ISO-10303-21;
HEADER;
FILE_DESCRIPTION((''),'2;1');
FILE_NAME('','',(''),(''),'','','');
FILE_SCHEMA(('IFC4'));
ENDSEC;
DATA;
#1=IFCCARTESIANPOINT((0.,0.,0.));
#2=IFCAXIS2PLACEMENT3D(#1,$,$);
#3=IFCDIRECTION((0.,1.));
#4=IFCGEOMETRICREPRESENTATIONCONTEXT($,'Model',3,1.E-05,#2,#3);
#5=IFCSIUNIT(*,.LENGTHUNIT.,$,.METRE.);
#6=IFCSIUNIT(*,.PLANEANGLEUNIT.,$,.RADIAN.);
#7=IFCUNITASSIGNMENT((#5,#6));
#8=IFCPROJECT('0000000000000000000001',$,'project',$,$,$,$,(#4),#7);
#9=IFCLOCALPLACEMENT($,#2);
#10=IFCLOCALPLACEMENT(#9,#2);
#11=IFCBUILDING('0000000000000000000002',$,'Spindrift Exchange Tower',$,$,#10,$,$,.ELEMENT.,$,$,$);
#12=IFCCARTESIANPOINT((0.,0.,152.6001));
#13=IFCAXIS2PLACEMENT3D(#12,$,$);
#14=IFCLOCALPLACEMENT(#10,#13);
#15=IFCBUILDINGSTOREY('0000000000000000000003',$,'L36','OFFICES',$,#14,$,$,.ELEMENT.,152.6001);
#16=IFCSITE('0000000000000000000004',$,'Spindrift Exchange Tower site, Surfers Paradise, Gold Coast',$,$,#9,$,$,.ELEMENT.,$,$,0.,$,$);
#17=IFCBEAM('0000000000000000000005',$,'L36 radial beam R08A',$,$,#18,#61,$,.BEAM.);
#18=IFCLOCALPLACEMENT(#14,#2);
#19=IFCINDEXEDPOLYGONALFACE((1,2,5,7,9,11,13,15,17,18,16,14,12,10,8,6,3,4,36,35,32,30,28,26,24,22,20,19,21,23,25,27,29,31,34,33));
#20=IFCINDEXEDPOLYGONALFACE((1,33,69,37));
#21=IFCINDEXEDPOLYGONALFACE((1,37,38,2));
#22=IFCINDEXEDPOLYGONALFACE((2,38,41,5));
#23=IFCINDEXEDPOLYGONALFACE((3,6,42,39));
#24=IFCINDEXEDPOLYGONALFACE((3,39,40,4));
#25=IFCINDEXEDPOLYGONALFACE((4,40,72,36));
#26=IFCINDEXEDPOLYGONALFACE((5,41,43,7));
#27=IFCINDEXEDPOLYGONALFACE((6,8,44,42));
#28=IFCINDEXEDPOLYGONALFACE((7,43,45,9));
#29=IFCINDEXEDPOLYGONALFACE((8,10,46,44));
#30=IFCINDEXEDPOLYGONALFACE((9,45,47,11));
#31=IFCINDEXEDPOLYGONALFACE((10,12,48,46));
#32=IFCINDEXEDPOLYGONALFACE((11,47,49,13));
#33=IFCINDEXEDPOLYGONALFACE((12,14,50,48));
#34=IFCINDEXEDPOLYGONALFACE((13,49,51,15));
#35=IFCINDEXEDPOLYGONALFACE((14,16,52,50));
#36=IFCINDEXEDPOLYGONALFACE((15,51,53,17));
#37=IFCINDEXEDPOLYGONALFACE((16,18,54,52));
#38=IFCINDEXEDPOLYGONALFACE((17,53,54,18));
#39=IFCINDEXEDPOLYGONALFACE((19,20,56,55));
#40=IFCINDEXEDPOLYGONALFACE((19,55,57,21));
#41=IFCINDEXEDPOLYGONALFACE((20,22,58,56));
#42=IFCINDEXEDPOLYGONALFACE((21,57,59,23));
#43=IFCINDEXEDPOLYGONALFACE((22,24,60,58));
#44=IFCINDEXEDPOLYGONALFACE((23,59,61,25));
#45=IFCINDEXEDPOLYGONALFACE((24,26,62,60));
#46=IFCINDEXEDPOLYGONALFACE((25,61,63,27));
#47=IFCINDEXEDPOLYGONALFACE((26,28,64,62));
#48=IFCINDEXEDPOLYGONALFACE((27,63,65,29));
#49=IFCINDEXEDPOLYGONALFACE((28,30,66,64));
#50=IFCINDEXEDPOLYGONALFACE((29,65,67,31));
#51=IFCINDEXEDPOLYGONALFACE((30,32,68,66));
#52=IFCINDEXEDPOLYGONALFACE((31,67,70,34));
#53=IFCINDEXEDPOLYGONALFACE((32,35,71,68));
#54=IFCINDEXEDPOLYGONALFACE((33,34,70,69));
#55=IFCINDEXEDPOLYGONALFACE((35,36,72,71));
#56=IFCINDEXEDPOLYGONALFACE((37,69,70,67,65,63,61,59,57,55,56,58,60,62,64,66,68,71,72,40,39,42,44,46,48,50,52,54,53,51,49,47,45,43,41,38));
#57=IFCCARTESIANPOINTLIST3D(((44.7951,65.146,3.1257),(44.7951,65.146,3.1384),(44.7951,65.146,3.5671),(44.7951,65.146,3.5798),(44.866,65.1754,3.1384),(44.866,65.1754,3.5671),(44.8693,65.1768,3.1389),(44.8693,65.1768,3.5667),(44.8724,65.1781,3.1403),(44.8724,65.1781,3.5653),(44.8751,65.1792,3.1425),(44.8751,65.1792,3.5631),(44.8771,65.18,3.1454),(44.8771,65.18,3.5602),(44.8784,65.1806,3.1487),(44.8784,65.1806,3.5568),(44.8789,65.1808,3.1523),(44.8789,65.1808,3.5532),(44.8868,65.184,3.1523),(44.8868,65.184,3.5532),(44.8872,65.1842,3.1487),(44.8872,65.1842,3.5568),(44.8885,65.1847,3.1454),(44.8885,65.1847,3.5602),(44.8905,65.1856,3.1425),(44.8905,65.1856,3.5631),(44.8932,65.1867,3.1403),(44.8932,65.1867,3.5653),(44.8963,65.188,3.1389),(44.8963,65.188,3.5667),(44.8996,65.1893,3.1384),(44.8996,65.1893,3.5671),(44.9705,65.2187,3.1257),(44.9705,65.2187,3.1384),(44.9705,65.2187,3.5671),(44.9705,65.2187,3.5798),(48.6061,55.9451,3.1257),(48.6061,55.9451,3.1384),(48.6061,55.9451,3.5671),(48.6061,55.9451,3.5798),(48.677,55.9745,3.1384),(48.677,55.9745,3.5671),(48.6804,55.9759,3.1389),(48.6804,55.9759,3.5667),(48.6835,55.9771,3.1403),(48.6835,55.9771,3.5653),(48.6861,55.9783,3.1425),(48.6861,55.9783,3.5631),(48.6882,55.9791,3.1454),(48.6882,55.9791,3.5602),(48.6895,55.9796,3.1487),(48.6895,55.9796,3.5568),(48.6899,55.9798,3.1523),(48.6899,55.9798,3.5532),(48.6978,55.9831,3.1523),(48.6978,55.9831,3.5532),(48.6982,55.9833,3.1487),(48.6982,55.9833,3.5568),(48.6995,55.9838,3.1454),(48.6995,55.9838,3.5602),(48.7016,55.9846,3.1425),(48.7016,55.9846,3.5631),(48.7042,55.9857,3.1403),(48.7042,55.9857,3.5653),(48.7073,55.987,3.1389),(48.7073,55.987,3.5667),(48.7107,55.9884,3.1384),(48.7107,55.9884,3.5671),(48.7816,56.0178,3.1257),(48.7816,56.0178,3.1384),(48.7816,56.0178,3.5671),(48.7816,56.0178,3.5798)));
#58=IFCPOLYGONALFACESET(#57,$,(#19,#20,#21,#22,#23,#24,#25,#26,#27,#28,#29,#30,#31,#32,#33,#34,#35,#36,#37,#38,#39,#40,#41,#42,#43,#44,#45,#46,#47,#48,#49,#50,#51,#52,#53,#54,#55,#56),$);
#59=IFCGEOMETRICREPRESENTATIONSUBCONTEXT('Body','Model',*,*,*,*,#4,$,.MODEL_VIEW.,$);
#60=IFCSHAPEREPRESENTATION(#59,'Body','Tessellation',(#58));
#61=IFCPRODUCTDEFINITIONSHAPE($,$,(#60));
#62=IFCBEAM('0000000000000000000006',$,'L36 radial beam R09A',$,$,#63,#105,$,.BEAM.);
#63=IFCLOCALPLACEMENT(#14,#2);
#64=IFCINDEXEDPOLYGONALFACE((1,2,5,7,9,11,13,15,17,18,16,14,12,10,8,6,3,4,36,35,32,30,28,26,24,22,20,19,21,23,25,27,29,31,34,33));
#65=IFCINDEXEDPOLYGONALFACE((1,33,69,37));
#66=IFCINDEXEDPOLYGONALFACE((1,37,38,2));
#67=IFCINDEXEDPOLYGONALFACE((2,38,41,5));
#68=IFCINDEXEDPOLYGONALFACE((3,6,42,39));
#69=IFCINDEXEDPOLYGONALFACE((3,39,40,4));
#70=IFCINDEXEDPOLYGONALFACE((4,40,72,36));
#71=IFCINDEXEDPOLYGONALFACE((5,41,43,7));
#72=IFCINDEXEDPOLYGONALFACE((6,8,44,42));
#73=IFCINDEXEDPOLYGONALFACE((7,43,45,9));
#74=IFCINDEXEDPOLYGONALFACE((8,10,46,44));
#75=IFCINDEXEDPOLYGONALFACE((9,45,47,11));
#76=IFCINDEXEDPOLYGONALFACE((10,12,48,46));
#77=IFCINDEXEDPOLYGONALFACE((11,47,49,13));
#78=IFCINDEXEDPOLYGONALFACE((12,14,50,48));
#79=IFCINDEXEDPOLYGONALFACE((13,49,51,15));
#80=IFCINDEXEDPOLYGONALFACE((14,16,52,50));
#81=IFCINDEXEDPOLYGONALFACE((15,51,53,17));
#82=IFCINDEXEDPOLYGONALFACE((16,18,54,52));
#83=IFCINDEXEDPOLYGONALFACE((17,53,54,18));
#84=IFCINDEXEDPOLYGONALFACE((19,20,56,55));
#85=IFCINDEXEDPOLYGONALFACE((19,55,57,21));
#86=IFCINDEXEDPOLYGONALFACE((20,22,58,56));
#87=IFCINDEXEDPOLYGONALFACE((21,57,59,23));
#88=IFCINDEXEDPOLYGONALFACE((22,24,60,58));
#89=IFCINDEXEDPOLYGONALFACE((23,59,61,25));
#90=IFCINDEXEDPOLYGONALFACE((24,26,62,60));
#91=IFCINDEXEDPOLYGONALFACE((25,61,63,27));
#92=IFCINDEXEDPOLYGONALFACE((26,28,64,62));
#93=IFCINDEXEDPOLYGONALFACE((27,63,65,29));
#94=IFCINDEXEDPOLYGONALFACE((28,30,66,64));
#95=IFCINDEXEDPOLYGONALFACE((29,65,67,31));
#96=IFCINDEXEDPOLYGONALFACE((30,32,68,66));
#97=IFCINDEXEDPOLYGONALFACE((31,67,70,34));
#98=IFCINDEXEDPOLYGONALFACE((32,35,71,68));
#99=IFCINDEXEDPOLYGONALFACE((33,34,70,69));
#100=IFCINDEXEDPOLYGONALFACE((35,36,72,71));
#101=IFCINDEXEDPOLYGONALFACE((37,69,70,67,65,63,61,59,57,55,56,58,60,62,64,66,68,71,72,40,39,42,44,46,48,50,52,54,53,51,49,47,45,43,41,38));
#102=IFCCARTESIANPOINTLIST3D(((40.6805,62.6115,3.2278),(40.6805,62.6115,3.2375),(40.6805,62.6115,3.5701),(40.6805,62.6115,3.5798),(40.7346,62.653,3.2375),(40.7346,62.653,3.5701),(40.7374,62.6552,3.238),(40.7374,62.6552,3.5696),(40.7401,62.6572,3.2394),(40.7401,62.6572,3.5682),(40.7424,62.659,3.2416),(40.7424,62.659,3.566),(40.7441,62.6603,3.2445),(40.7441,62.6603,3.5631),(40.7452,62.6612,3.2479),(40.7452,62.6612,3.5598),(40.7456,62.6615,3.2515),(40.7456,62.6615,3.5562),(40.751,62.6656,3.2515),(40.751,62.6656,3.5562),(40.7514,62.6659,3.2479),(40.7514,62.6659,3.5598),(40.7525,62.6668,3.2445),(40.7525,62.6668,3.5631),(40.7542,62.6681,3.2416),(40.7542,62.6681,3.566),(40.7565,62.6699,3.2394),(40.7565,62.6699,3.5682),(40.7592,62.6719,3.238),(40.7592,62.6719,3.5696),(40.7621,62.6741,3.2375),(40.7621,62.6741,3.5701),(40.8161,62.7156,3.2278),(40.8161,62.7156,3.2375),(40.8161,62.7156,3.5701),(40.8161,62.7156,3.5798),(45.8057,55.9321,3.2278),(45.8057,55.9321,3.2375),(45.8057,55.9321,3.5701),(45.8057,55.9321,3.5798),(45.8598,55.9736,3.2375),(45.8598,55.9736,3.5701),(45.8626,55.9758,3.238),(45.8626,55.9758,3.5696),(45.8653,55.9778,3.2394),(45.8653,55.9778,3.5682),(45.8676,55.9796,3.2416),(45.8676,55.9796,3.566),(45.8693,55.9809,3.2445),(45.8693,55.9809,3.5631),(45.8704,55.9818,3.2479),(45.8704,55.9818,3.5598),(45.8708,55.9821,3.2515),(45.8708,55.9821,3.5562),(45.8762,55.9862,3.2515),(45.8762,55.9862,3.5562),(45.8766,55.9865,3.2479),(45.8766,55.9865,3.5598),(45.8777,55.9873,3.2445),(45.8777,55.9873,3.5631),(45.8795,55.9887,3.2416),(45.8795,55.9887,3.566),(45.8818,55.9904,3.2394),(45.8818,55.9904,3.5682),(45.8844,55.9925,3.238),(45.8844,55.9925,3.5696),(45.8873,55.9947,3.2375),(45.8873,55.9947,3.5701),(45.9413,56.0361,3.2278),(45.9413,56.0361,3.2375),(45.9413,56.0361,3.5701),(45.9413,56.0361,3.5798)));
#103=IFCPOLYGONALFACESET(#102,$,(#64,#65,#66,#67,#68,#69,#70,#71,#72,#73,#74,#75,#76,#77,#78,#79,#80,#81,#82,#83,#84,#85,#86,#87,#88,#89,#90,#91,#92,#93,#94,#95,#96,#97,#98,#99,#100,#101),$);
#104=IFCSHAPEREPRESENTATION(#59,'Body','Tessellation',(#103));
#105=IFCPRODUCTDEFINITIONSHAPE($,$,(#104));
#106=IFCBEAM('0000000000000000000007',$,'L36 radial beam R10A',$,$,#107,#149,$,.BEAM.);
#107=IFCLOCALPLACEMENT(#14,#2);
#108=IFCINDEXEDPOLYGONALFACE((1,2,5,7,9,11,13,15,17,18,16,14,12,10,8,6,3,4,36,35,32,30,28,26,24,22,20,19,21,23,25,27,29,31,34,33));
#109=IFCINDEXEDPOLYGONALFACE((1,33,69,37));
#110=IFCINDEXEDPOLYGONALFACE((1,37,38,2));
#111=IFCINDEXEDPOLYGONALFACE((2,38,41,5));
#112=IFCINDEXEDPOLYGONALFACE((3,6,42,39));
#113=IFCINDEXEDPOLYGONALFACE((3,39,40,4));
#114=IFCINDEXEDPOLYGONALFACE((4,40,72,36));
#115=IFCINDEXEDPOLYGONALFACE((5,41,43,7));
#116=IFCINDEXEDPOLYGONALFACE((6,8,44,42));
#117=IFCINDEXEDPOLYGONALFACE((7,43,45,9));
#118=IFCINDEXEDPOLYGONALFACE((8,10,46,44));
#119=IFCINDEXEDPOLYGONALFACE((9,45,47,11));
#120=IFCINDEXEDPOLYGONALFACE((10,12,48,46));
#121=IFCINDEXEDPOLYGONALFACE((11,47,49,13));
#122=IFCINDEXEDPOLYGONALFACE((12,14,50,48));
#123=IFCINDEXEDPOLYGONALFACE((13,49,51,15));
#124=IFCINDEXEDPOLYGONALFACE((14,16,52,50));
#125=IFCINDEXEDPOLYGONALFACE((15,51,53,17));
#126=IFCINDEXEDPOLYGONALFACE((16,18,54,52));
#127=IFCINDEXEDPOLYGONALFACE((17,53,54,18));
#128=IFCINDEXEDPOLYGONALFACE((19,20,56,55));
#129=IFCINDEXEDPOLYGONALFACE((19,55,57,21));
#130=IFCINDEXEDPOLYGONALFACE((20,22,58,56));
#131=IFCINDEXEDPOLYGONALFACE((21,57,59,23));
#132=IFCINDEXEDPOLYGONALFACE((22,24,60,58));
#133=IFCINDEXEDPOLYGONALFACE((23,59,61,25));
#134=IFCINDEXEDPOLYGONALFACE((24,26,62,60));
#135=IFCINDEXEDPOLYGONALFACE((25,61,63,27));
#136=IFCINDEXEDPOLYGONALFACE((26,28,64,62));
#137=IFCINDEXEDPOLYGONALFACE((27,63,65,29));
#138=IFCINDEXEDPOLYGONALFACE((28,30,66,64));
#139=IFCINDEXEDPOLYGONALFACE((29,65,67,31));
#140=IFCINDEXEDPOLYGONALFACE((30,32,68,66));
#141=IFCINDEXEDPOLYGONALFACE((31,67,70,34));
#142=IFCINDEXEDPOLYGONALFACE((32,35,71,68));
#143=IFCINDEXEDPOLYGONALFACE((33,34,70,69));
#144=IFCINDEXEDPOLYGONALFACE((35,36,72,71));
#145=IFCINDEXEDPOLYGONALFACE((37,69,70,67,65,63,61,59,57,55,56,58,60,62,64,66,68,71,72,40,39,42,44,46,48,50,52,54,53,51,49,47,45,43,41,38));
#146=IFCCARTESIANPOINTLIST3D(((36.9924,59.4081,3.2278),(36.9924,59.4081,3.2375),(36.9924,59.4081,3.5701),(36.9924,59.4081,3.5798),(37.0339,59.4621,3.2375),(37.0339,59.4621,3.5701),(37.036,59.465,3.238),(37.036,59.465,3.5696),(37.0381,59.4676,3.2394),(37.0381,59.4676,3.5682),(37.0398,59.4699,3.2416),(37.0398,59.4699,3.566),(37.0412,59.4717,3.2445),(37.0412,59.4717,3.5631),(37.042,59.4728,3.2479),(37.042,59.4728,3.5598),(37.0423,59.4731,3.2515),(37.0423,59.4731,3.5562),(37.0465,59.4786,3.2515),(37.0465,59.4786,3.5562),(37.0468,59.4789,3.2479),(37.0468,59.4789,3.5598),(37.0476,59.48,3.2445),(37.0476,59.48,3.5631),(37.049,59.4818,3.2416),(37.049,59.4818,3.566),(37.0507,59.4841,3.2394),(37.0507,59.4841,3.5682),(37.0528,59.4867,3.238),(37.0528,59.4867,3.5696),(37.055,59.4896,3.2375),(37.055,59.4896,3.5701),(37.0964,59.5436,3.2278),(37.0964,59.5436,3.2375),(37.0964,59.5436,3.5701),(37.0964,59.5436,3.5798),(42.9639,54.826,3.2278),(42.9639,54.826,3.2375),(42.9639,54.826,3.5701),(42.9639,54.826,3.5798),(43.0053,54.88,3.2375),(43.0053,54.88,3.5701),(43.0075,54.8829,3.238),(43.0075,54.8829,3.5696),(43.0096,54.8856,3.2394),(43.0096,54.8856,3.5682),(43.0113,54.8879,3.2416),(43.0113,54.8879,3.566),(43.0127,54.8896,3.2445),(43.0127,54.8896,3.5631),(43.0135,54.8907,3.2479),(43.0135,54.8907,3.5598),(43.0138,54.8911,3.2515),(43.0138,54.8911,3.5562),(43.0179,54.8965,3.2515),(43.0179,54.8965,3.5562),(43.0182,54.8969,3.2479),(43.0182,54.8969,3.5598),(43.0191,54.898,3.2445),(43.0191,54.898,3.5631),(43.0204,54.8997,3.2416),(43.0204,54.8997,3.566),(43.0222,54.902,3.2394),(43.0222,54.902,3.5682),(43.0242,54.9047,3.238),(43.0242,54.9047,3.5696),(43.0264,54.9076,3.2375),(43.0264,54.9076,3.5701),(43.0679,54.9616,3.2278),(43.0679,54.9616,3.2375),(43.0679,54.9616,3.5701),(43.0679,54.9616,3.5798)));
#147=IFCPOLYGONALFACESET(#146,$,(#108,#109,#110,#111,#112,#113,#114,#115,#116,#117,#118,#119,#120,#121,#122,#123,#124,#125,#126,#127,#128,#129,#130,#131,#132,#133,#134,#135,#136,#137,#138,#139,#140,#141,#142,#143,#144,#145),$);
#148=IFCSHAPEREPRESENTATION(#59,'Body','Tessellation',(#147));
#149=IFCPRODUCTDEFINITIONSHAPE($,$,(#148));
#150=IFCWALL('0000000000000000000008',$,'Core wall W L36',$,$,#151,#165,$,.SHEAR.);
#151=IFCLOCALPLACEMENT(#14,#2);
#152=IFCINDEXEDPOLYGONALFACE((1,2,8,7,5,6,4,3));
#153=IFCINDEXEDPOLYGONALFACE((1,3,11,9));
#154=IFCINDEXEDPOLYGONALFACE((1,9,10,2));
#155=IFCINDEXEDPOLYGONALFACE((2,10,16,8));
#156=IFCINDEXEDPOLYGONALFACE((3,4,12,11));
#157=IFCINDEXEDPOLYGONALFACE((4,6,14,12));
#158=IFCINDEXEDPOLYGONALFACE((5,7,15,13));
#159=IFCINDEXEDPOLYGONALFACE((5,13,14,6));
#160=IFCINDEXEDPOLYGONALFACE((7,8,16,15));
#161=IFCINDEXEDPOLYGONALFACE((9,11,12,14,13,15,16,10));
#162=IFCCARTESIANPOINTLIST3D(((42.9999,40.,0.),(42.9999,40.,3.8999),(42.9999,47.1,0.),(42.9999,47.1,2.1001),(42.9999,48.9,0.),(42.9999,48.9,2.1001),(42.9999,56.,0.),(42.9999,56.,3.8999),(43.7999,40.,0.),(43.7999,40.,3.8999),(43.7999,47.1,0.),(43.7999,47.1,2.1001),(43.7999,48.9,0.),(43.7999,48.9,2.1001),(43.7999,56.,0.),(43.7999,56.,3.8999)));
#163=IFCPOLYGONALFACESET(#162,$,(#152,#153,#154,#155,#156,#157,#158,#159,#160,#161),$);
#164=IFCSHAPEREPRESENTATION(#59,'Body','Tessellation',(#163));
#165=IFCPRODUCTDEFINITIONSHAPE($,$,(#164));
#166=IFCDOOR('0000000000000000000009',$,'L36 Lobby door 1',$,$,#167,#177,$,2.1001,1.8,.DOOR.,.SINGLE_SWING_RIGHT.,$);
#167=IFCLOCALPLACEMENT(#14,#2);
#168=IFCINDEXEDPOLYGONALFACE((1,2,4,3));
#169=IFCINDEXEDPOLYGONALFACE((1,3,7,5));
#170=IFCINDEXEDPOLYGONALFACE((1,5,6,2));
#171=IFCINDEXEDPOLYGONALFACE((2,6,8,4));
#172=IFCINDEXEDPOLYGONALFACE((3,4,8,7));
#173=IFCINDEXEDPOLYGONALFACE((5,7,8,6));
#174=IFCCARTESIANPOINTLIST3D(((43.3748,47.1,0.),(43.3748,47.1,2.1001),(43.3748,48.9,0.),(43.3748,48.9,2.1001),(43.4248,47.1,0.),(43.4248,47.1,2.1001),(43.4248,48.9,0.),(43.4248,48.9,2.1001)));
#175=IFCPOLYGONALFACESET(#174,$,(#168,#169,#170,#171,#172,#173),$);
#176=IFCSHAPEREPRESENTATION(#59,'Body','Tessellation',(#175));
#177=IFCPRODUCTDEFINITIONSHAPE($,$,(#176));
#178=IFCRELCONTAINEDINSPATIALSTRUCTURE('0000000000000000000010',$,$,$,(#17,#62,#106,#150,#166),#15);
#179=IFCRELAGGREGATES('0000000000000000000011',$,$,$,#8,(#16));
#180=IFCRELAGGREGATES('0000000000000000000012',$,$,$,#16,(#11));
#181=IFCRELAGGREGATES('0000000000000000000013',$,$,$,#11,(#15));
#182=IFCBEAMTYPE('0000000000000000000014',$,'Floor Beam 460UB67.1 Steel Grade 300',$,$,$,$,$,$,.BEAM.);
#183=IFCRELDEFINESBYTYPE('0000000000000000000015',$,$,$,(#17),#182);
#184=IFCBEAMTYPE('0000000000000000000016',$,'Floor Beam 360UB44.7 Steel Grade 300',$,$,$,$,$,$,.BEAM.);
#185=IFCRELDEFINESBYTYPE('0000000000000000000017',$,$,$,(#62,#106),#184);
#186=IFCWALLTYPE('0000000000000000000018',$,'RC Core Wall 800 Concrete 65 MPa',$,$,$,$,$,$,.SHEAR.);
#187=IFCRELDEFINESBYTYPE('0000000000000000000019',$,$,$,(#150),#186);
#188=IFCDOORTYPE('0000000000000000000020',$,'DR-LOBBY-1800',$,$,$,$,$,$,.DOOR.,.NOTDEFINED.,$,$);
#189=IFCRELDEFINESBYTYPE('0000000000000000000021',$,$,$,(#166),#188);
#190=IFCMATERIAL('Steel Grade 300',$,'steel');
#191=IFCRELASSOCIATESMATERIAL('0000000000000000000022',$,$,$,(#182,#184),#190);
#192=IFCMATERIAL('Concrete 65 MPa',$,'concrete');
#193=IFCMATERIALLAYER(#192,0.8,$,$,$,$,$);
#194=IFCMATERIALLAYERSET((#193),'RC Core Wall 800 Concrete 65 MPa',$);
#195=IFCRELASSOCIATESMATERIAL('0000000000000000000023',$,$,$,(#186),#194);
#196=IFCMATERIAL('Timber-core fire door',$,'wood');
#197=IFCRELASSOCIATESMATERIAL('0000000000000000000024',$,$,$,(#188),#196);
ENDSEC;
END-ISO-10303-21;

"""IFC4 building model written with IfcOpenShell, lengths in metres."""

from ifc_helpers import new_model, si_unit, direction, frame, frame_2d, origin, origin_2d, place, context, subcontext, project, spatial, rectangle, i_section, extrude, source, transform, mapped, material, layer, layer_set, material_profile, profile_set, type_object, element, fill, save


model = new_model("IFC4")

# Units and contexts
model_context = context("Model", 3, precision=1e-05, world=origin(), true_north=direction((0.0, 1.0)))
body_context = subcontext(model_context, "Body", "Model", "MODEL_VIEW")
ifc_project = project(units=[si_unit("LENGTHUNIT", "METRE"), si_unit("PLANEANGLEUNIT", "RADIAN")], contexts=[model_context])

# Site, building, storey
site_placement = place(None, origin())
site = spatial("IfcSite", under=ifc_project, at=site_placement, Name="Spindrift Exchange Tower site, Surfers Paradise, Gold Coast", CompositionType="ELEMENT", RefElevation=0.0)
building_placement = place(site_placement, origin())
building = spatial("IfcBuilding", under=site, at=building_placement, Name="Spindrift Exchange Tower", CompositionType="ELEMENT")
storey_placement = place(building_placement, frame((0.0, 0.0, 152.6001)))
storey = spatial("IfcBuildingStorey", under=building, at=storey_placement, Name="L36", Description="OFFICES", CompositionType="ELEMENT", Elevation=152.6001)

# Beams
ifc_material_1 = material(Name="Steel Grade 300", Category="steel")
ifc_material_profile_1 = material_profile(ifc_material_1, i_section(OverallWidth=0.1899, OverallDepth=0.4541, WebThickness=0.0085, FlangeThickness=0.0127, FilletRadius=0.0139, at=origin_2d()), Name="460UB67.1")
ifc_profile_set_1 = profile_set([ifc_material_profile_1], Name="Steel Grade 300")
beam_type_1 = type_object("IfcBeamType", Name="Floor Beam 460UB67.1 Steel Grade 300", PredefinedType="BEAM", material=ifc_profile_set_1)
shared_shape_1 = source(origin(), body_context, "Body", "SweptSolid", [
    extrude(i_section(OverallWidth=0.1899, OverallDepth=0.4541, WebThickness=0.0085, FlangeThickness=0.0127, FilletRadius=0.0139, at=origin_2d()), origin(), (0.0, 0.0, 1.0), 9.959),
])
beam_1_placement = place(storey_placement, frame((48.6938, 55.9814, 3.3528), z_axis=(-0.382674, 0.923884, 0.0), x_axis=(-0.923884, -0.382674, 0.0)))
element("IfcBeam", 1, at=beam_1_placement, inside=storey, type_object=beam_type_1, Name="L36 radial beam R08A", PredefinedType="BEAM", context=body_context, shape_type="MappedRepresentation", body=[
    mapped(shared_shape_1, transform((0.0, 0.0, 0.0), scale=1.0)),
])
ifc_material_profile_2 = material_profile(ifc_material_1, i_section(OverallWidth=0.1709, OverallDepth=0.3521, WebThickness=0.0068, FlangeThickness=0.0098, FilletRadius=0.0139, at=origin_2d()), Name="360UB44.7")
ifc_profile_set_2 = profile_set([ifc_material_profile_2], Name="Steel Grade 300")
beam_type_2 = type_object("IfcBeamType", Name="Floor Beam 360UB44.7 Steel Grade 300", PredefinedType="BEAM", material=ifc_profile_set_2)
shared_shape_2 = source(origin(), body_context, "Body", "SweptSolid", [
    extrude(i_section(OverallWidth=0.1709, OverallDepth=0.3521, WebThickness=0.0068, FlangeThickness=0.0098, FilletRadius=0.0139, at=origin_2d()), origin(), (0.0, 0.0, 1.0), 8.4192),
])
beam_2_placement = place(storey_placement, frame((45.8735, 55.9841, 3.4038), z_axis=(-0.608756, 0.793358, 0.0), x_axis=(-0.793358, -0.608756, 0.0)))
element("IfcBeam", 2, at=beam_2_placement, inside=storey, type_object=beam_type_2, Name="L36 radial beam R09A", PredefinedType="BEAM", context=body_context, shape_type="MappedRepresentation", body=[
    mapped(shared_shape_2, transform((0.0, 0.0, 0.0), scale=1.0)),
])
shared_shape_3 = source(origin(), body_context, "Body", "SweptSolid", [
    extrude(i_section(OverallWidth=0.1709, OverallDepth=0.3521, WebThickness=0.0068, FlangeThickness=0.0098, FilletRadius=0.0139, at=origin_2d()), origin(), (0.0, 0.0, 1.0), 7.5269),
])
beam_3_placement = place(storey_placement, frame((43.0159, 54.8938, 3.4038), z_axis=(-0.793354, 0.60876, 0.0), x_axis=(-0.60876, -0.793354, 0.0)))
element("IfcBeam", 3, at=beam_3_placement, inside=storey, type_object=beam_type_2, Name="L36 radial beam R10A", PredefinedType="BEAM", context=body_context, shape_type="MappedRepresentation", body=[
    mapped(shared_shape_3, transform((0.0, 0.0, 0.0), scale=1.0)),
])

# Wall, opening, door
ifc_material_2 = material(Name="Concrete 65 MPa", Category="concrete")
ifc_layer = layer(ifc_material_2, 0.8)
ifc_layer_set = layer_set([ifc_layer], Name="RC Core Wall 800 Concrete 65 MPa")
wall_type = type_object("IfcWallType", Name="RC Core Wall 800 Concrete 65 MPa", PredefinedType="SHEAR", material=ifc_layer_set)
wall_placement = place(storey_placement, frame((43.3999, 56.0, 0.0), z_axis=(0.0, 0.0, 1.0), x_axis=(0.0, -1.0, 0.0)))
wall = element("IfcWall", 4, at=wall_placement, inside=storey, type_object=wall_type, Name="Core wall W L36", PredefinedType="SHEAR", context=body_context, shape_type="SweptSolid", body=[
    extrude(rectangle(XDim=16.0, YDim=0.8, at=frame_2d((8.0, 0.0))), origin(), (0.0, 0.0, 1.0), 3.8999),
])
opening_placement = place(wall_placement, frame((7.1001, 0.0, 0.0)))
opening = element("IfcOpeningElement", 5, at=opening_placement, cuts=wall, PredefinedType="OPENING", context=body_context, shape_type="SweptSolid", body=[
    extrude(rectangle(XDim=1.8, YDim=2.1001, at=frame_2d((0.8999, 1.05))), frame((0.0, 0.4099, 0.0), z_axis=(0.0, -1.0, 0.0), x_axis=(1.0, 0.0, 0.0)), (0.0, 0.0, 1.0), 0.8201),
])
ifc_material_3 = material(Name="Timber-core fire door", Category="wood")
door_type = type_object("IfcDoorType", Name="DR-LOBBY-1800", OperationType="NOTDEFINED", PredefinedType="DOOR", material=ifc_material_3)
shared_shape_4 = source(origin(), body_context, "Body", "SweptSolid", [
    extrude(rectangle(XDim=1.8, YDim=2.1001, at=frame_2d((0.8999, 1.05))), frame((0.0, 0.0249, 0.0), z_axis=(0.0, -1.0, 0.0), x_axis=(1.0, 0.0, 0.0)), (0.0, 0.0, 1.0), 0.05),
])
door_placement = place(opening_placement, origin())
door = element("IfcDoor", 6, at=door_placement, inside=storey, type_object=door_type, Name="L36 Lobby door 1", OperationType="SINGLE_SWING_RIGHT", OverallHeight=2.1001, OverallWidth=1.8, PredefinedType="DOOR", context=body_context, shape_type="MappedRepresentation", body=[
    mapped(shared_shape_4, transform((0.0, 0.0, 0.0), scale=1.0)),
])
fill(opening, door)

save(model, "model.ifc")
